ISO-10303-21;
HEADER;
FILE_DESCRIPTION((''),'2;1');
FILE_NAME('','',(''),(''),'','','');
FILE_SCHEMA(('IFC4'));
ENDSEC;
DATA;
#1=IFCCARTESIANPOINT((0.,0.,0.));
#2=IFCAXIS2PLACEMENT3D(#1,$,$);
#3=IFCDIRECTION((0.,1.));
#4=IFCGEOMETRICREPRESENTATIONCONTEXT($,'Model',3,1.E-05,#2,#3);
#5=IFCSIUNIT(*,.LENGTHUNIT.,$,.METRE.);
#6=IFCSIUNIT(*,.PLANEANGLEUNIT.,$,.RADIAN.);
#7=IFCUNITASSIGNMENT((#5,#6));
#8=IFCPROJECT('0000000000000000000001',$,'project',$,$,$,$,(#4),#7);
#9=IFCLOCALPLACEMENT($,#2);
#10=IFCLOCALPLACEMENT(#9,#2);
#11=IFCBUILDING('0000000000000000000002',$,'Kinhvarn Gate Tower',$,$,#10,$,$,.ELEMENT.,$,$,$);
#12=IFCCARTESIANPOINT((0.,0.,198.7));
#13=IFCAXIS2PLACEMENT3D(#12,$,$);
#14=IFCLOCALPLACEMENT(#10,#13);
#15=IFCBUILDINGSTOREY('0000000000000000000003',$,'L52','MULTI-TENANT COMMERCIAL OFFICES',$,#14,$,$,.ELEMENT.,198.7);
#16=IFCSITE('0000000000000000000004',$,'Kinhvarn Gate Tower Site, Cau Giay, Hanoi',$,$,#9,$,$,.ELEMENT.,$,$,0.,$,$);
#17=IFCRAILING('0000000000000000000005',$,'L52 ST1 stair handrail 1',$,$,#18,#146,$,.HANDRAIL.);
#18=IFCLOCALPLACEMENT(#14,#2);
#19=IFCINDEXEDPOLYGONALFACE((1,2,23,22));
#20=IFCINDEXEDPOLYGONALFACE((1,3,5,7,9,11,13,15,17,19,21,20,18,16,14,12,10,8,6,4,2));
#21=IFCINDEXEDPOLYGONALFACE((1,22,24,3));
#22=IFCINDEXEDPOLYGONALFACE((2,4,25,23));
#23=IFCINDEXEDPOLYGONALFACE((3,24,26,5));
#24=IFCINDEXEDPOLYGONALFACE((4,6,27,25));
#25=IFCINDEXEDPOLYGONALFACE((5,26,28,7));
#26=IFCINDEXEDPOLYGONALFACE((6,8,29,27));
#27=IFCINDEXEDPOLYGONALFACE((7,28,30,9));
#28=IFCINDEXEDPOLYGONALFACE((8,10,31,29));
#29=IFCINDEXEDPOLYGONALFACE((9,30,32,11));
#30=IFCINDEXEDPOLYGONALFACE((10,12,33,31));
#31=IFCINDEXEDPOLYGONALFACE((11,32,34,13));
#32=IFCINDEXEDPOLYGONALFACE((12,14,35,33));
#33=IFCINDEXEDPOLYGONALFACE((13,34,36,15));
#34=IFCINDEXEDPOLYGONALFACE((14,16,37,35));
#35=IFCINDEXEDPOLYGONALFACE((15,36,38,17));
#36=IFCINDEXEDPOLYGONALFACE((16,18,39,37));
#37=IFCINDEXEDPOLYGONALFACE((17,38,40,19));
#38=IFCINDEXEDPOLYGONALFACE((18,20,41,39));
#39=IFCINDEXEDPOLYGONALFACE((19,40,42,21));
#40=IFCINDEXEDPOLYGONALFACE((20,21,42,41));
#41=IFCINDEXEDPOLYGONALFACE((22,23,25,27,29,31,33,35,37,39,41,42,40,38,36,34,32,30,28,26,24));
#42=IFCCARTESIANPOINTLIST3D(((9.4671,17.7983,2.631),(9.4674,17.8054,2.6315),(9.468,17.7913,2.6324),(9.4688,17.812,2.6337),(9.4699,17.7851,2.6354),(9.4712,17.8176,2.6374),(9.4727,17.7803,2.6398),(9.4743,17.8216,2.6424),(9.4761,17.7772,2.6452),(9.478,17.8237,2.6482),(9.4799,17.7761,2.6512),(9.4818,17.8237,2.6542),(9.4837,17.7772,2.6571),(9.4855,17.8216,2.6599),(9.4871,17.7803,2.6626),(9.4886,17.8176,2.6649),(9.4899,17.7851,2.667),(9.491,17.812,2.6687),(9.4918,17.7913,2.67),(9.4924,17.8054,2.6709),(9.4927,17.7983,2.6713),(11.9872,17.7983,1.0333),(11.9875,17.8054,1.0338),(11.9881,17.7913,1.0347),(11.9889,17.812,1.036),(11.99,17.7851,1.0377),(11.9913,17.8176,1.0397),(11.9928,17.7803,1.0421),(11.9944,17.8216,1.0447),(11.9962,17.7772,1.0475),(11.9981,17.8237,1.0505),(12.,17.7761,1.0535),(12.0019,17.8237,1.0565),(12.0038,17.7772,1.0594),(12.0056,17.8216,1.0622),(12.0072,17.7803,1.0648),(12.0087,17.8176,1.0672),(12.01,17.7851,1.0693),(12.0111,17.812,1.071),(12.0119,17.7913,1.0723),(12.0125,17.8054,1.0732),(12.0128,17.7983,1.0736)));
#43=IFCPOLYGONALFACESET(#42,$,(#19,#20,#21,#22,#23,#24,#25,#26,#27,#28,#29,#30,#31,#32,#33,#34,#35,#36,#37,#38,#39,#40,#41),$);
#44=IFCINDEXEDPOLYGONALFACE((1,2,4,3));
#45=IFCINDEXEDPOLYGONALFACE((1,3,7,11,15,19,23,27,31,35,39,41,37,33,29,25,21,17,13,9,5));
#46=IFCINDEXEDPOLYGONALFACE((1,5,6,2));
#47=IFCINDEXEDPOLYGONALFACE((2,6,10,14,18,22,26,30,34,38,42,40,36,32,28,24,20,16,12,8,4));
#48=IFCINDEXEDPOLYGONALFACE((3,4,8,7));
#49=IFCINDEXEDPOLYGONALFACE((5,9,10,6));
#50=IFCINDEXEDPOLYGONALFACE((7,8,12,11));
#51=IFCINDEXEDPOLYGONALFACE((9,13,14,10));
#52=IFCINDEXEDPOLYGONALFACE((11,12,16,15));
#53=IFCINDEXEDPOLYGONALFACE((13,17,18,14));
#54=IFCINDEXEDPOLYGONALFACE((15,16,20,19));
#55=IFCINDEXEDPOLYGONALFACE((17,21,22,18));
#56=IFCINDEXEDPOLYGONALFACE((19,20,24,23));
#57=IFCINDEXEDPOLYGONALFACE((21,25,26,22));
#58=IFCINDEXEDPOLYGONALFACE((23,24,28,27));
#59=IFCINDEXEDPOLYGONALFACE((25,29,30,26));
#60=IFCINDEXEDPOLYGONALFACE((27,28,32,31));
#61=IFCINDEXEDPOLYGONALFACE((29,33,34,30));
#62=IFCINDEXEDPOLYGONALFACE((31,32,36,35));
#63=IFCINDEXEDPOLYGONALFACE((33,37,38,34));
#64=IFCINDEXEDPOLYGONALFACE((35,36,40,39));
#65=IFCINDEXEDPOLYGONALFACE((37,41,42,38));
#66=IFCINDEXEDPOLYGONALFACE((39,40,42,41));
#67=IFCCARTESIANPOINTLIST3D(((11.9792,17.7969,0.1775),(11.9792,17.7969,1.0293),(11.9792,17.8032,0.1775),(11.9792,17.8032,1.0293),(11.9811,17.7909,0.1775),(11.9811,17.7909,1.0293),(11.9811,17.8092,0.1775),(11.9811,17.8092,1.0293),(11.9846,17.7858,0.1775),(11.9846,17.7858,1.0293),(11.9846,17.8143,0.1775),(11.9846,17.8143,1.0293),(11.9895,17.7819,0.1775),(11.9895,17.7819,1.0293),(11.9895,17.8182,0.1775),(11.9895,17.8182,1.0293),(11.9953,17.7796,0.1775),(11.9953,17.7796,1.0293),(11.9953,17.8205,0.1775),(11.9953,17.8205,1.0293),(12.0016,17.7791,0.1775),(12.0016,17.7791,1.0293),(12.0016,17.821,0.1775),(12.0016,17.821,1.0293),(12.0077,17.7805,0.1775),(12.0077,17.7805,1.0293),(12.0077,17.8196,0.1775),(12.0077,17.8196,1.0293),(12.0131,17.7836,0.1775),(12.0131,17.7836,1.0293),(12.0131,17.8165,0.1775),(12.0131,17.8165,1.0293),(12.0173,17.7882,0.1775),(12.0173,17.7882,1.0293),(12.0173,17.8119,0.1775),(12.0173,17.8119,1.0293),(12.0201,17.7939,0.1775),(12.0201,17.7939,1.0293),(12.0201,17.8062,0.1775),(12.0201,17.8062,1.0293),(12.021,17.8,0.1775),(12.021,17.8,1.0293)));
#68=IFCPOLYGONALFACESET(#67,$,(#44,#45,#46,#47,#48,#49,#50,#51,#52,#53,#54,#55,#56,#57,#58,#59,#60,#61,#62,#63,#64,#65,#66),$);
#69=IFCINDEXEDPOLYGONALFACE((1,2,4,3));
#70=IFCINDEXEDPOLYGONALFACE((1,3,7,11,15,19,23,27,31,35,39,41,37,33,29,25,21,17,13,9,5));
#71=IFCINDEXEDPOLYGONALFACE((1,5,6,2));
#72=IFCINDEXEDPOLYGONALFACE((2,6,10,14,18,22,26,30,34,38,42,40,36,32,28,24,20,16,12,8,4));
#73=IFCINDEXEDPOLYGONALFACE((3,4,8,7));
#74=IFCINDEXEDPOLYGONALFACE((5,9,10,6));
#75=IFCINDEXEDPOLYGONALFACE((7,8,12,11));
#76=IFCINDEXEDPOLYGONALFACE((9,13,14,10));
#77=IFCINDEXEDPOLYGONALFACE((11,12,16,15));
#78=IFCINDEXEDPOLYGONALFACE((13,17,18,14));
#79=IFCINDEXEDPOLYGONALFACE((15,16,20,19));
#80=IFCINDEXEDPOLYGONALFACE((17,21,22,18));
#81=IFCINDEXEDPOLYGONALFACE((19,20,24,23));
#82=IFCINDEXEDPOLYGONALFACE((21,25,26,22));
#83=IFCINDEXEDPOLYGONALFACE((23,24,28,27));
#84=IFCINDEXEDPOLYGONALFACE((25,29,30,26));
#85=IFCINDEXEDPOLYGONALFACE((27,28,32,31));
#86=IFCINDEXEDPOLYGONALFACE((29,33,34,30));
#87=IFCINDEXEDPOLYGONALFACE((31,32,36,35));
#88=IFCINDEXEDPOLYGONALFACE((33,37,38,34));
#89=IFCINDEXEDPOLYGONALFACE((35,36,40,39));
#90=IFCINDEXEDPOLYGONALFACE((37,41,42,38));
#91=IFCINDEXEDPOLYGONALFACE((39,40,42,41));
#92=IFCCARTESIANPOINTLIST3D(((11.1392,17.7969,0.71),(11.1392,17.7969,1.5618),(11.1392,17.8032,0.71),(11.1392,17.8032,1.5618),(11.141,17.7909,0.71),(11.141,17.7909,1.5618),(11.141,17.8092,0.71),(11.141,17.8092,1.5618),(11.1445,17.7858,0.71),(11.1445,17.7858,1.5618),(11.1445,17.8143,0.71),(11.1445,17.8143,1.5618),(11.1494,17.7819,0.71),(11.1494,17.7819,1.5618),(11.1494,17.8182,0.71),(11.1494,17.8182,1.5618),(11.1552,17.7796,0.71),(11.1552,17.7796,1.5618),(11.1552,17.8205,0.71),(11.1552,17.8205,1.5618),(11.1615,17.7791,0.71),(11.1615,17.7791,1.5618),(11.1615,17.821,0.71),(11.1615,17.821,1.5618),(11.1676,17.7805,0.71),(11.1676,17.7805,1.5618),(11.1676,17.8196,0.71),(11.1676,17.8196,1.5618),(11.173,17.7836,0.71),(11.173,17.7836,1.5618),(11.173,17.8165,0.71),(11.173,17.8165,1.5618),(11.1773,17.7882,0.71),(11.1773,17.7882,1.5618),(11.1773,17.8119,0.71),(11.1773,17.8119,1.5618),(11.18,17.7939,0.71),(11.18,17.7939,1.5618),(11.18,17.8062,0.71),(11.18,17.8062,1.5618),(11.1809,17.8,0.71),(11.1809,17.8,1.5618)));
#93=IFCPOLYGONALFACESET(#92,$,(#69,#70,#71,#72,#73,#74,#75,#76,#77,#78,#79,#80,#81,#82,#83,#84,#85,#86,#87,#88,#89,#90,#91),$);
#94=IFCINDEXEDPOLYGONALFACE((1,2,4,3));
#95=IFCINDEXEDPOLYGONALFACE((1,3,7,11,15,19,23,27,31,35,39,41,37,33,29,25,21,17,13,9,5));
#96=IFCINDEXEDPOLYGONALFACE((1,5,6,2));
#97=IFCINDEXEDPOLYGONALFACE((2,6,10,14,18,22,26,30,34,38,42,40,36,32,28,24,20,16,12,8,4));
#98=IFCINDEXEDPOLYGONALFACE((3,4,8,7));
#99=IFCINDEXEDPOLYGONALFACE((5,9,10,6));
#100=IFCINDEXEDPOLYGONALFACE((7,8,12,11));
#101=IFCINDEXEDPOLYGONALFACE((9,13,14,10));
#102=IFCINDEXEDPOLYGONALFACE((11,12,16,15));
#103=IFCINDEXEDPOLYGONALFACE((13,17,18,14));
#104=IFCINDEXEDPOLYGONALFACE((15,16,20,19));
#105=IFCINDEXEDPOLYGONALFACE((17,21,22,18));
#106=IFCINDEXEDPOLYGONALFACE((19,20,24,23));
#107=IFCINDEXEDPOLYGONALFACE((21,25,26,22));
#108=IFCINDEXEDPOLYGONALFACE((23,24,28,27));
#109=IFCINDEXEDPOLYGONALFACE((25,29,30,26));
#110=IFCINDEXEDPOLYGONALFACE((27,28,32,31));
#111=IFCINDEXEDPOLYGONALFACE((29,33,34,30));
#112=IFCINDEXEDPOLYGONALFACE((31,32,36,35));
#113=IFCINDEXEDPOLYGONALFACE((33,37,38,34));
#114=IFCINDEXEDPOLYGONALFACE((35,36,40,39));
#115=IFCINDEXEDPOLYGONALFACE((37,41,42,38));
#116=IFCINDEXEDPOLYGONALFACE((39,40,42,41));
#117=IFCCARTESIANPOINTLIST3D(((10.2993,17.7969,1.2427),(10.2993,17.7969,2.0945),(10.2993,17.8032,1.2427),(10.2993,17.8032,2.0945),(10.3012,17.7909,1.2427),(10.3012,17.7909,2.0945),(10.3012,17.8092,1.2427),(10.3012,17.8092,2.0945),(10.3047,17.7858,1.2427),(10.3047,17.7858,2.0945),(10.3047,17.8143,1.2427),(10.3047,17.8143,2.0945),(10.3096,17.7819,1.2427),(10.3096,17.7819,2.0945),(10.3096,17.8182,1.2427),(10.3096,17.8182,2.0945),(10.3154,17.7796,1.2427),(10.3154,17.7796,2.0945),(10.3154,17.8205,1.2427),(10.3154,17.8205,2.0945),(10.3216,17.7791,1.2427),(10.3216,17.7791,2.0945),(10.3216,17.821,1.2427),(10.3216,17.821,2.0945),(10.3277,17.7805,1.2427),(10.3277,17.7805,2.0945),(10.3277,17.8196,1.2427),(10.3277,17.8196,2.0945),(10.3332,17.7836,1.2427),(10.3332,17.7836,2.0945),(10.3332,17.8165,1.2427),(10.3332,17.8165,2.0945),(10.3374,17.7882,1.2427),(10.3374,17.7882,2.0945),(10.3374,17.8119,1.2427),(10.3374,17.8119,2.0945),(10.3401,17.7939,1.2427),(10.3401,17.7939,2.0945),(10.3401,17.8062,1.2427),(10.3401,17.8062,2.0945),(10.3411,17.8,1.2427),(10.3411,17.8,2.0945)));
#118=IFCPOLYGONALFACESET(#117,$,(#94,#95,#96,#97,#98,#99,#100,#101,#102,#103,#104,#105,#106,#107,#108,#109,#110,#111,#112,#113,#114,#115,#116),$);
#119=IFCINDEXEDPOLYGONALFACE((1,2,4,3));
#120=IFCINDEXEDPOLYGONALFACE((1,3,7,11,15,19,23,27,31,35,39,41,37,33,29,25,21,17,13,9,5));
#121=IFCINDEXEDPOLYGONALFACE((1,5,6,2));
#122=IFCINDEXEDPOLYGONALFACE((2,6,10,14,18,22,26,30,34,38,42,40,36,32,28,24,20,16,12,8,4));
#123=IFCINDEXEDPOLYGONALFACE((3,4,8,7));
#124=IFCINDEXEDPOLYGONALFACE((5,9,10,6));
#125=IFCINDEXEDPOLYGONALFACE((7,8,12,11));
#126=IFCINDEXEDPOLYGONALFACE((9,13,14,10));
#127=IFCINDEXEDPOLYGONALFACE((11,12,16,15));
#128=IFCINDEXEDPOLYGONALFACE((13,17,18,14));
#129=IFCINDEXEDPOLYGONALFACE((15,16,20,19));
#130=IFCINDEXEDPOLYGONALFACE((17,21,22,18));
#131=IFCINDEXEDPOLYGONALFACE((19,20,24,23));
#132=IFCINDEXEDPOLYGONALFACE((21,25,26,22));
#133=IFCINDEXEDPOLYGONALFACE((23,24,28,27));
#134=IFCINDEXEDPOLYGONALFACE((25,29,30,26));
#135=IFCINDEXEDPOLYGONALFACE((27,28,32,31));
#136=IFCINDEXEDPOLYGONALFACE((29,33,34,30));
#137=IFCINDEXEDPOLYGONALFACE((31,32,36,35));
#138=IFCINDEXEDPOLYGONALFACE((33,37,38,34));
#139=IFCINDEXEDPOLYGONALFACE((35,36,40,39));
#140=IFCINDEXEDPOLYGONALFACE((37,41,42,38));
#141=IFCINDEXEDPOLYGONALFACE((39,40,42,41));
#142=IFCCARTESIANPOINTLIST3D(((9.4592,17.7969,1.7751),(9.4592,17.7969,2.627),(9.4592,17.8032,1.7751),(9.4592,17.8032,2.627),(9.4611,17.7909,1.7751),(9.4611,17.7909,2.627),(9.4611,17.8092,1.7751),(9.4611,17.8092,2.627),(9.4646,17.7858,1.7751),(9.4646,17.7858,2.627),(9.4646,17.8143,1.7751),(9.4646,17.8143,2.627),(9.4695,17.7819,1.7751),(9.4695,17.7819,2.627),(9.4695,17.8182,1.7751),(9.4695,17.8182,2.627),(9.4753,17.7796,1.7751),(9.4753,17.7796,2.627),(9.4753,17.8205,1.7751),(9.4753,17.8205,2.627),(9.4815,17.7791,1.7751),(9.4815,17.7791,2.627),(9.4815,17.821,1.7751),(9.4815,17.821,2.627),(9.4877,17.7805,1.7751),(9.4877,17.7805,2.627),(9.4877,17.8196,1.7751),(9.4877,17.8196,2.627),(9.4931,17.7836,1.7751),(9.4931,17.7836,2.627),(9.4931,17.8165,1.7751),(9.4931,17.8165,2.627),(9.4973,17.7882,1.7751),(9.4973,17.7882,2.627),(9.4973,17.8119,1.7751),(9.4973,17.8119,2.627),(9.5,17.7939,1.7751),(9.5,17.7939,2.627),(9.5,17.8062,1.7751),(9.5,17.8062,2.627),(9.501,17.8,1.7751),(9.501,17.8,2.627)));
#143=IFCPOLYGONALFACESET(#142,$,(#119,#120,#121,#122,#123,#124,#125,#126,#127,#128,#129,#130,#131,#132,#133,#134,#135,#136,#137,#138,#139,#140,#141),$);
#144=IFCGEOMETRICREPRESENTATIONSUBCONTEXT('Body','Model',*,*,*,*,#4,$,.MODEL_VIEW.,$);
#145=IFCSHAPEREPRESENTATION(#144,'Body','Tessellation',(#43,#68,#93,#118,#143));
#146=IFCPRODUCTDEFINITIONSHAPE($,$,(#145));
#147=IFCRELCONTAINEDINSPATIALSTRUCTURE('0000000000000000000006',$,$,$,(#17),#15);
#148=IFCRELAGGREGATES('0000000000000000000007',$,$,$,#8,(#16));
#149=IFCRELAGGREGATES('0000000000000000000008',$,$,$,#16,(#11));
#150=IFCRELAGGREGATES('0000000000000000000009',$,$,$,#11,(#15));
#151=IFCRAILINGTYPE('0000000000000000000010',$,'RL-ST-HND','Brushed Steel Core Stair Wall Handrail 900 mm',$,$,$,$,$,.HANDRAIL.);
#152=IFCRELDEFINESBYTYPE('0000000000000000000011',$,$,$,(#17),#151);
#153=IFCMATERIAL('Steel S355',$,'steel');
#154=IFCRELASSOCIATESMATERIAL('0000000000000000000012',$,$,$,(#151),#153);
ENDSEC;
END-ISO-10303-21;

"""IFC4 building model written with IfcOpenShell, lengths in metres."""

from ifc_helpers import new_model, si_unit, direction, frame, origin, origin_2d, place, context, subcontext, project, spatial, circle, extrude, material, type_object, element, save


model = new_model("IFC4")

# Units and contexts
model_context = context("Model", 3, precision=1e-05, world=origin(), true_north=direction((0.0, 1.0)))
body_context = subcontext(model_context, "Body", "Model", "MODEL_VIEW")
ifc_project = project(units=[si_unit("LENGTHUNIT", "METRE"), si_unit("PLANEANGLEUNIT", "RADIAN")], contexts=[model_context])

# Site, building, storey
site_placement = place(None, origin())
site = spatial("IfcSite", under=ifc_project, at=site_placement, Name="Kinhvarn Gate Tower Site, Cau Giay, Hanoi", CompositionType="ELEMENT", RefElevation=0.0)
building_placement = place(site_placement, origin())
building = spatial("IfcBuilding", under=site, at=building_placement, Name="Kinhvarn Gate Tower", CompositionType="ELEMENT")
storey_placement = place(building_placement, frame((0.0, 0.0, 198.7)))
storey = spatial("IfcBuildingStorey", under=building, at=storey_placement, Name="L52", Description="MULTI-TENANT COMMERCIAL OFFICES", CompositionType="ELEMENT", Elevation=198.7)

# Shared definitions
ifc_material_1 = material(Name="Steel S355", Category="steel")

# Railing
railing_type_1 = type_object("IfcRailingType", Name="RL-ST-HND", Description="Brushed Steel Core Stair Wall Handrail 900 mm", PredefinedType="HANDRAIL", material=ifc_material_1)
railing_1_placement = place(storey_placement, frame((12.0, 17.8, 0.1775)))
element("IfcRailing", 1, at=railing_1_placement, inside=storey, type_object=railing_type_1, Name="L52 ST1 stair handrail 1", PredefinedType="HANDRAIL", context=body_context, shape_type="SweptSolid", body=[
    extrude(circle(Radius=0.0239, at=origin_2d()), frame((0.0, 0.0, 0.876), z_axis=(-0.84457, 0.0, 0.535445), x_axis=(0.0, -1.0, 0.0)), (0.0, 0.0, 1.0), 2.9839),
    extrude(circle(Radius=0.021, at=origin_2d()), origin(), (0.0, 0.0, 1.0), 0.8518),
    extrude(circle(Radius=0.021, at=origin_2d()), frame((-0.8401, 0.0, 0.5325)), (0.0, 0.0, 1.0), 0.8518),
    extrude(circle(Radius=0.021, at=origin_2d()), frame((-1.6799, 0.0, 1.0652)), (0.0, 0.0, 1.0), 0.8518),
    extrude(circle(Radius=0.021, at=origin_2d()), frame((-2.52, 0.0, 1.5977)), (0.0, 0.0, 1.0), 0.8518),
])

save(model, "model.ifc")
